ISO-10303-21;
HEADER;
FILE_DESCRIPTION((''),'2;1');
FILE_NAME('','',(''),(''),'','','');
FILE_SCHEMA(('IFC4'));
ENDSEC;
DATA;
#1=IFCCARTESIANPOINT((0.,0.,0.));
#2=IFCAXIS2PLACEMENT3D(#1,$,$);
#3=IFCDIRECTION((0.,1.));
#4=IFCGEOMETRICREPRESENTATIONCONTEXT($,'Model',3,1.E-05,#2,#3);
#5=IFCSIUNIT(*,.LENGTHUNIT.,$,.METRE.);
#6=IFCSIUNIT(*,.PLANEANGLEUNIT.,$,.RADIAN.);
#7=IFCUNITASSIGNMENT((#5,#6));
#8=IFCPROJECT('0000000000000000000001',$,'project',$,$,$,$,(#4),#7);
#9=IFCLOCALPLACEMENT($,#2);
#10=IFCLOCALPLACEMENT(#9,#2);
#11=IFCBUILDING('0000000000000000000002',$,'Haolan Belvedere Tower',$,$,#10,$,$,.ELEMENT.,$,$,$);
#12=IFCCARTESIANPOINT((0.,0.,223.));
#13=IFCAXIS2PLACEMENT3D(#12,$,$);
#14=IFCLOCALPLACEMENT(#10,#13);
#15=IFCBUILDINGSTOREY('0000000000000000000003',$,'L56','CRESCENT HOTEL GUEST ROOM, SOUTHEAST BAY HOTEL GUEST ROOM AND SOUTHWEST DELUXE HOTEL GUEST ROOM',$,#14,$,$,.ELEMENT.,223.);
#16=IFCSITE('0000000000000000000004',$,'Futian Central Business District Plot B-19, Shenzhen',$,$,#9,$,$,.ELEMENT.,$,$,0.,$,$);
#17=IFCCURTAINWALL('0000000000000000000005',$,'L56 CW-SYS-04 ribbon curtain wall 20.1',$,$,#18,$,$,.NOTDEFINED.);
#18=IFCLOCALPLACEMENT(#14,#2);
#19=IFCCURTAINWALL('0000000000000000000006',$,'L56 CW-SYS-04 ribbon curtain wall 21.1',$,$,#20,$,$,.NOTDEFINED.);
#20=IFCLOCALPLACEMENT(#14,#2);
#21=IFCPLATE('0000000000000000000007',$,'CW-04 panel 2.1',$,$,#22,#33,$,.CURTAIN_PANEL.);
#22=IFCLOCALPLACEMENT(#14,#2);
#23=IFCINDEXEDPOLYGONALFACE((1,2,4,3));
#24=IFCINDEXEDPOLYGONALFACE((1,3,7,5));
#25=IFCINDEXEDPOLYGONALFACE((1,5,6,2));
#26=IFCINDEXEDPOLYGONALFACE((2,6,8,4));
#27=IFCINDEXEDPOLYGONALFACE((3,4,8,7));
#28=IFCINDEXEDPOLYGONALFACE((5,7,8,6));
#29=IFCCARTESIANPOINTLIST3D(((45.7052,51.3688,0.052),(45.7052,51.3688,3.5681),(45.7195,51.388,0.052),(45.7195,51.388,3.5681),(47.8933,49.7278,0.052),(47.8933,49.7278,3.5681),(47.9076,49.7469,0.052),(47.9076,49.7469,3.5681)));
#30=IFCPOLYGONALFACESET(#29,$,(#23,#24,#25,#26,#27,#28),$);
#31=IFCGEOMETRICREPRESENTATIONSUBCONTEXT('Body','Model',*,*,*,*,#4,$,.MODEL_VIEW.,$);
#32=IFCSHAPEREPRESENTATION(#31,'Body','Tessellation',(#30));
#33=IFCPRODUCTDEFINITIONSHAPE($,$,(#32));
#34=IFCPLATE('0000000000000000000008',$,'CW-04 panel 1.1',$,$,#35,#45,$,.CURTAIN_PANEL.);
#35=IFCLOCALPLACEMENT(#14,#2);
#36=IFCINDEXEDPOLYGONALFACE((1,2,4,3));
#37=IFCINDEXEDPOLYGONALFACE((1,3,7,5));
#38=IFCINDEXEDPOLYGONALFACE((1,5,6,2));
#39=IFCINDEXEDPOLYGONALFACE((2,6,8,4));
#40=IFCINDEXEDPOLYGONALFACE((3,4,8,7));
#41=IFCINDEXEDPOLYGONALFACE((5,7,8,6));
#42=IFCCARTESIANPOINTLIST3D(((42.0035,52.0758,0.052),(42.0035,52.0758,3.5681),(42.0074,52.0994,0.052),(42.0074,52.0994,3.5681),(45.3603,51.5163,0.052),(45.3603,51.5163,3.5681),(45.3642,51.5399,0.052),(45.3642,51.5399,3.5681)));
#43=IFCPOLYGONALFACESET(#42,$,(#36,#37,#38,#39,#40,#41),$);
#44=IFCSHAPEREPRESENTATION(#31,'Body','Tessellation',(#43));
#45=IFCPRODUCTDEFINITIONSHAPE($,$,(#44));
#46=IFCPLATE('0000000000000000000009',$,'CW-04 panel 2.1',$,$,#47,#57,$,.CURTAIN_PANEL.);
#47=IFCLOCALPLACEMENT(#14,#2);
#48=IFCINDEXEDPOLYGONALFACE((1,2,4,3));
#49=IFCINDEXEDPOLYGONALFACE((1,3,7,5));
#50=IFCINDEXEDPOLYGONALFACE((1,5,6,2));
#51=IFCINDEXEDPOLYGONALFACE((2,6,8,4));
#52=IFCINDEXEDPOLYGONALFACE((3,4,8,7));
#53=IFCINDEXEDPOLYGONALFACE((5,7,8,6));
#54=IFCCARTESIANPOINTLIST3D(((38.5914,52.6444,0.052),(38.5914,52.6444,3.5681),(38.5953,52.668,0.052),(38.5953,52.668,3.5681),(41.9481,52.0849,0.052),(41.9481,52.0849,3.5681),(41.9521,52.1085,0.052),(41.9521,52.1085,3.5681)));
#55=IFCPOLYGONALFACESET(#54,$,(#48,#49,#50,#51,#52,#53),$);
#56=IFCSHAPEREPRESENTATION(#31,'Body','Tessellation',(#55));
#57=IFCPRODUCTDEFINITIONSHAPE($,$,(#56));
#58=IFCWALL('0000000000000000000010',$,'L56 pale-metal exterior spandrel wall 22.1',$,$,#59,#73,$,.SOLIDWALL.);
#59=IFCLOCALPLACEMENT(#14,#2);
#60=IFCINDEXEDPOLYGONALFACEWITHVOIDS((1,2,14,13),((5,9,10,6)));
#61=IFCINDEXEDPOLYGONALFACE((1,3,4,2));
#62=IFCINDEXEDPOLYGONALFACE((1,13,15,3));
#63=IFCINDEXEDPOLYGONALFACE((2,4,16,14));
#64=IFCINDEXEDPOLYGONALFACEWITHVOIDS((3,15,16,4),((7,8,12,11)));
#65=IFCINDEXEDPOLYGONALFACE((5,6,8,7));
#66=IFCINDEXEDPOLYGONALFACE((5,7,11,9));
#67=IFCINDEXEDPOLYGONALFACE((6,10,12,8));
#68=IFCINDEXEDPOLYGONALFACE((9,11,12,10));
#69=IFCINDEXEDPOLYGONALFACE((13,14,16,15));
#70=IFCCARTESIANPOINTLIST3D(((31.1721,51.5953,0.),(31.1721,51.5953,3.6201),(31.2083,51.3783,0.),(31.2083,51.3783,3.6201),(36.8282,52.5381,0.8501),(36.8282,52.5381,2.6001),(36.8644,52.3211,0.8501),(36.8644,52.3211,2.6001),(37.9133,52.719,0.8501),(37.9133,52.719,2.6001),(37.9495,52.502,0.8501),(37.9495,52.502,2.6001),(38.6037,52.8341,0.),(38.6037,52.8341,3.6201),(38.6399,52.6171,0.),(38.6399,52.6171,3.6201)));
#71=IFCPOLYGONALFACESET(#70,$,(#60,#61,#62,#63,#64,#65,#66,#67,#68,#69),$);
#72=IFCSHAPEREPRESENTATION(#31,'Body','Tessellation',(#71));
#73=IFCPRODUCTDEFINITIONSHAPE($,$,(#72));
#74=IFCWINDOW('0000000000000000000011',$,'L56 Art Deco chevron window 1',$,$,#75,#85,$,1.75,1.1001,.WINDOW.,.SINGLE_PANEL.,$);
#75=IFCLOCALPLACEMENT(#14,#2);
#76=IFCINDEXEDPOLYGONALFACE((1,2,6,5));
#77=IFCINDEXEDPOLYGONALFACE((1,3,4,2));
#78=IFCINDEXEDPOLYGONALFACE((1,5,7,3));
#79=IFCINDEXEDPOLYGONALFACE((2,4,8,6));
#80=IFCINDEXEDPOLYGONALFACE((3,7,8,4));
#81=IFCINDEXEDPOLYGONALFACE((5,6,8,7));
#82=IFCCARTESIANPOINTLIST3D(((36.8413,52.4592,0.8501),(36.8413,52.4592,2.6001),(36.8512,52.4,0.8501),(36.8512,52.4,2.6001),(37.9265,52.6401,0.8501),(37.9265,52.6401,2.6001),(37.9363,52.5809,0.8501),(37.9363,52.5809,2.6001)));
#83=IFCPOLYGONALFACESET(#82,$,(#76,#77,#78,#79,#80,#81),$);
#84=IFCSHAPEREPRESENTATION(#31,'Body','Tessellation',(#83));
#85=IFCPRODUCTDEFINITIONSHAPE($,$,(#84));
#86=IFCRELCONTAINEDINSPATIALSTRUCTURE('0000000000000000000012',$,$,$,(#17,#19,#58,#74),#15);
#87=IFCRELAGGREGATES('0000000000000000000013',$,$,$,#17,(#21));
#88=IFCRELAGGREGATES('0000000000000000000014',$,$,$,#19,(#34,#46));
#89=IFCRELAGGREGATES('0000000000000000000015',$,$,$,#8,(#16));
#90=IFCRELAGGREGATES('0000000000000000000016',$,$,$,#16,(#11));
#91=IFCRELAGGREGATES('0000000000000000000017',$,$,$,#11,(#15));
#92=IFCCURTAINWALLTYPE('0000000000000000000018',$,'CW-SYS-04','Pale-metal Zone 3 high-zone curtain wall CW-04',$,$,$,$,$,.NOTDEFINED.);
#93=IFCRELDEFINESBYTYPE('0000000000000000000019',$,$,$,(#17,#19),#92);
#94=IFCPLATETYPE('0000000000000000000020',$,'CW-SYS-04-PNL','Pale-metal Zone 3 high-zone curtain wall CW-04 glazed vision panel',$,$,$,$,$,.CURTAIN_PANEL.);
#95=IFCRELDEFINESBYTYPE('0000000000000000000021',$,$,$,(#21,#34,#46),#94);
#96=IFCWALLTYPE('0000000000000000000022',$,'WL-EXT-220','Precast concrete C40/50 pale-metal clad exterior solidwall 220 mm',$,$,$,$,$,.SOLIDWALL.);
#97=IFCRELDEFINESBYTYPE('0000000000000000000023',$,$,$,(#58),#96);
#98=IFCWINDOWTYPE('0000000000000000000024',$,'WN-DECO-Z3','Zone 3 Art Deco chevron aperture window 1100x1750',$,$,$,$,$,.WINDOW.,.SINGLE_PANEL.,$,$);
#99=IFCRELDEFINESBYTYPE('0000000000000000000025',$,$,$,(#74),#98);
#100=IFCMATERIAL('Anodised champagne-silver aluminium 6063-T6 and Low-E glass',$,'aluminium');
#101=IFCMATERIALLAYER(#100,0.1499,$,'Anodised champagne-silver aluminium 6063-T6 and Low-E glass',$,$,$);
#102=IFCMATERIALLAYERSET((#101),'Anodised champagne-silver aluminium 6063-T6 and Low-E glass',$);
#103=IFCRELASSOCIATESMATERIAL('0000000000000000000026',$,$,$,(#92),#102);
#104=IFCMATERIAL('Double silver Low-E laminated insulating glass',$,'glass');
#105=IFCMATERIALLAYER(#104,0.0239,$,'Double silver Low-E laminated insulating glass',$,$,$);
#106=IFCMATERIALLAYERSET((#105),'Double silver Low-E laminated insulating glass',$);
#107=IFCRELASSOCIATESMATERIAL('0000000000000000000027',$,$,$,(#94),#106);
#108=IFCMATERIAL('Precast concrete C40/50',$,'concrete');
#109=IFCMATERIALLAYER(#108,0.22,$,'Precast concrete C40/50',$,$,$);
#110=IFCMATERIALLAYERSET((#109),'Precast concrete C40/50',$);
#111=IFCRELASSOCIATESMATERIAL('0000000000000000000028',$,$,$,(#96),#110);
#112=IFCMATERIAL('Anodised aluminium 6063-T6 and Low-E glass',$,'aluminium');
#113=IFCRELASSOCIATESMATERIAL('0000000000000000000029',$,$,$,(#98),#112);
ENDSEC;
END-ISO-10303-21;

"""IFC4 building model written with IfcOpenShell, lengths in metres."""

from ifc_helpers import new_model, si_unit, direction, frame, frame_2d, origin, origin_2d, place, context, subcontext, project, spatial, rectangle, extrude, material, layer, layer_set, type_object, element, fill, aggregate, save


model = new_model("IFC4")

# Units and contexts
model_context = context("Model", 3, precision=1e-05, world=origin(), true_north=direction((0.0, 1.0)))
body_context = subcontext(model_context, "Body", "Model", "MODEL_VIEW")
ifc_project = project(units=[si_unit("LENGTHUNIT", "METRE"), si_unit("PLANEANGLEUNIT", "RADIAN")], contexts=[model_context])

# Site, building, storey
site_placement = place(None, origin())
site = spatial("IfcSite", under=ifc_project, at=site_placement, Name="Futian Central Business District Plot B-19, Shenzhen", CompositionType="ELEMENT", RefElevation=0.0)
building_placement = place(site_placement, origin())
building = spatial("IfcBuilding", under=site, at=building_placement, Name="Haolan Belvedere Tower", CompositionType="ELEMENT")
storey_placement = place(building_placement, frame((0.0, 0.0, 223.0)))
storey = spatial("IfcBuildingStorey", under=building, at=storey_placement, Name="L56", Description="CRESCENT HOTEL GUEST ROOM, SOUTHEAST BAY HOTEL GUEST ROOM AND SOUTHWEST DELUXE HOTEL GUEST ROOM", CompositionType="ELEMENT", Elevation=223.0)

# Curtain walls
ifc_material_1 = material(Name="Anodised champagne-silver aluminium 6063-T6 and Low-E glass", Category="aluminium")
ifc_layer_1 = layer(ifc_material_1, 0.1499, Name="Anodised champagne-silver aluminium 6063-T6 and Low-E glass")
ifc_layer_set_1 = layer_set([ifc_layer_1], Name="Anodised champagne-silver aluminium 6063-T6 and Low-E glass")
curtain_wall_type = type_object("IfcCurtainWallType", Name="CW-SYS-04", Description="Pale-metal Zone 3 high-zone curtain wall CW-04", PredefinedType="NOTDEFINED", material=ifc_layer_set_1)
curtain_wall_1_placement = place(storey_placement, origin())
curtain_wall_1 = element("IfcCurtainWall", 1, at=curtain_wall_1_placement, inside=storey, type_object=curtain_wall_type, Name="L56 CW-SYS-04 ribbon curtain wall 20.1", PredefinedType="NOTDEFINED")
curtain_wall_2_placement = place(storey_placement, origin())
curtain_wall_2 = element("IfcCurtainWall", 2, at=curtain_wall_2_placement, inside=storey, type_object=curtain_wall_type, Name="L56 CW-SYS-04 ribbon curtain wall 21.1", PredefinedType="NOTDEFINED")

# Plates
ifc_material_2 = material(Name="Double silver Low-E laminated insulating glass", Category="glass")
ifc_layer_2 = layer(ifc_material_2, 0.0239, Name="Double silver Low-E laminated insulating glass")
ifc_layer_set_2 = layer_set([ifc_layer_2], Name="Double silver Low-E laminated insulating glass")
plate_type = type_object("IfcPlateType", Name="CW-SYS-04-PNL", Description="Pale-metal Zone 3 high-zone curtain wall CW-04 glazed vision panel", PredefinedType="CURTAIN_PANEL", material=ifc_layer_set_2)
plate_1_placement = place(storey_placement, frame((46.8064, 50.5579, 0.052), z_axis=(0.0, 0.0, 1.0), x_axis=(-0.799998, 0.600003, 0.0)))
plate_1 = element("IfcPlate", 3, at=plate_1_placement, type_object=plate_type, Name="CW-04 panel 2.1", PredefinedType="CURTAIN_PANEL", context=body_context, shape_type="SweptSolid", body=[
    extrude(rectangle(XDim=2.7351, YDim=0.0239, at=origin_2d()), origin(), (0.0, 0.0, 1.0), 3.5161),
])
aggregate(curtain_wall_1, [plate_1])
plate_2_placement = place(storey_placement, frame((43.6838, 51.8079, 0.052), z_axis=(0.0, 0.0, 1.0), x_axis=(-0.986393, 0.164406, 0.0)))
plate_2 = element("IfcPlate", 4, at=plate_2_placement, type_object=plate_type, Name="CW-04 panel 1.1", PredefinedType="CURTAIN_PANEL", context=body_context, shape_type="SweptSolid", body=[
    extrude(rectangle(XDim=3.4031, YDim=0.0239, at=origin_2d()), origin(), (0.0, 0.0, 1.0), 3.5161),
])
plate_3_placement = place(storey_placement, frame((40.2717, 52.3765, 0.052), z_axis=(0.0, 0.0, 1.0), x_axis=(-0.986393, 0.164406, 0.0)))
plate_3 = element("IfcPlate", 5, at=plate_3_placement, type_object=plate_type, Name="CW-04 panel 2.1", PredefinedType="CURTAIN_PANEL", context=body_context, shape_type="SweptSolid", body=[
    extrude(rectangle(XDim=3.4031, YDim=0.0239, at=origin_2d()), origin(), (0.0, 0.0, 1.0), 3.5161),
])
aggregate(curtain_wall_2, [plate_2, plate_3])

# Wall, opening, window
ifc_material_3 = material(Name="Precast concrete C40/50", Category="concrete")
ifc_layer_3 = layer(ifc_material_3, 0.22, Name="Precast concrete C40/50")
ifc_layer_set_3 = layer_set([ifc_layer_3], Name="Precast concrete C40/50")
wall_type = type_object("IfcWallType", Name="WL-EXT-220", Description="Precast concrete C40/50 pale-metal clad exterior solidwall 220 mm", PredefinedType="SOLIDWALL", material=ifc_layer_set_3)
wall_placement = place(storey_placement, frame((38.6218, 52.7256, 0.0), z_axis=(0.0, 0.0, 1.0), x_axis=(-0.98639, -0.16442, 0.0)))
wall = element("IfcWall", 6, at=wall_placement, inside=storey, type_object=wall_type, Name="L56 pale-metal exterior spandrel wall 22.1", PredefinedType="SOLIDWALL", context=body_context, shape_type="SweptSolid", body=[
    extrude(rectangle(XDim=7.5342, YDim=0.22, at=frame_2d((3.7671, 0.0))), origin(), (0.0, 0.0, 1.0), 3.6201),
])
opening_placement = place(wall_placement, frame((0.7, 0.0, 0.8501)))
opening = element("IfcOpeningElement", 7, at=opening_placement, cuts=wall, PredefinedType="OPENING", context=body_context, shape_type="SweptSolid", body=[
    extrude(rectangle(XDim=1.1001, YDim=1.75, at=frame_2d((0.55, 0.875))), frame((0.0, 0.1199, 0.0), z_axis=(0.0, -1.0, 0.0), x_axis=(1.0, 0.0, 0.0)), (0.0, 0.0, 1.0), 0.24),
])
ifc_material_4 = material(Name="Anodised aluminium 6063-T6 and Low-E glass", Category="aluminium")
window_type = type_object("IfcWindowType", Name="WN-DECO-Z3", Description="Zone 3 Art Deco chevron aperture window 1100x1750", PartitioningType="SINGLE_PANEL", PredefinedType="WINDOW", material=ifc_material_4)
window_placement = place(opening_placement, origin())
window = element("IfcWindow", 8, at=window_placement, inside=storey, type_object=window_type, Name="L56 Art Deco chevron window 1", OverallHeight=1.75, OverallWidth=1.1001, PartitioningType="SINGLE_PANEL", PredefinedType="WINDOW", context=body_context, shape_type="SweptSolid", body=[
    extrude(rectangle(XDim=1.1001, YDim=1.75, at=frame_2d((0.55, 0.875))), frame((0.0, 0.03, 0.0), z_axis=(0.0, -1.0, 0.0), x_axis=(1.0, 0.0, 0.0)), (0.0, 0.0, 1.0), 0.0601),
])
fill(opening, window)

save(model, "model.ifc")
